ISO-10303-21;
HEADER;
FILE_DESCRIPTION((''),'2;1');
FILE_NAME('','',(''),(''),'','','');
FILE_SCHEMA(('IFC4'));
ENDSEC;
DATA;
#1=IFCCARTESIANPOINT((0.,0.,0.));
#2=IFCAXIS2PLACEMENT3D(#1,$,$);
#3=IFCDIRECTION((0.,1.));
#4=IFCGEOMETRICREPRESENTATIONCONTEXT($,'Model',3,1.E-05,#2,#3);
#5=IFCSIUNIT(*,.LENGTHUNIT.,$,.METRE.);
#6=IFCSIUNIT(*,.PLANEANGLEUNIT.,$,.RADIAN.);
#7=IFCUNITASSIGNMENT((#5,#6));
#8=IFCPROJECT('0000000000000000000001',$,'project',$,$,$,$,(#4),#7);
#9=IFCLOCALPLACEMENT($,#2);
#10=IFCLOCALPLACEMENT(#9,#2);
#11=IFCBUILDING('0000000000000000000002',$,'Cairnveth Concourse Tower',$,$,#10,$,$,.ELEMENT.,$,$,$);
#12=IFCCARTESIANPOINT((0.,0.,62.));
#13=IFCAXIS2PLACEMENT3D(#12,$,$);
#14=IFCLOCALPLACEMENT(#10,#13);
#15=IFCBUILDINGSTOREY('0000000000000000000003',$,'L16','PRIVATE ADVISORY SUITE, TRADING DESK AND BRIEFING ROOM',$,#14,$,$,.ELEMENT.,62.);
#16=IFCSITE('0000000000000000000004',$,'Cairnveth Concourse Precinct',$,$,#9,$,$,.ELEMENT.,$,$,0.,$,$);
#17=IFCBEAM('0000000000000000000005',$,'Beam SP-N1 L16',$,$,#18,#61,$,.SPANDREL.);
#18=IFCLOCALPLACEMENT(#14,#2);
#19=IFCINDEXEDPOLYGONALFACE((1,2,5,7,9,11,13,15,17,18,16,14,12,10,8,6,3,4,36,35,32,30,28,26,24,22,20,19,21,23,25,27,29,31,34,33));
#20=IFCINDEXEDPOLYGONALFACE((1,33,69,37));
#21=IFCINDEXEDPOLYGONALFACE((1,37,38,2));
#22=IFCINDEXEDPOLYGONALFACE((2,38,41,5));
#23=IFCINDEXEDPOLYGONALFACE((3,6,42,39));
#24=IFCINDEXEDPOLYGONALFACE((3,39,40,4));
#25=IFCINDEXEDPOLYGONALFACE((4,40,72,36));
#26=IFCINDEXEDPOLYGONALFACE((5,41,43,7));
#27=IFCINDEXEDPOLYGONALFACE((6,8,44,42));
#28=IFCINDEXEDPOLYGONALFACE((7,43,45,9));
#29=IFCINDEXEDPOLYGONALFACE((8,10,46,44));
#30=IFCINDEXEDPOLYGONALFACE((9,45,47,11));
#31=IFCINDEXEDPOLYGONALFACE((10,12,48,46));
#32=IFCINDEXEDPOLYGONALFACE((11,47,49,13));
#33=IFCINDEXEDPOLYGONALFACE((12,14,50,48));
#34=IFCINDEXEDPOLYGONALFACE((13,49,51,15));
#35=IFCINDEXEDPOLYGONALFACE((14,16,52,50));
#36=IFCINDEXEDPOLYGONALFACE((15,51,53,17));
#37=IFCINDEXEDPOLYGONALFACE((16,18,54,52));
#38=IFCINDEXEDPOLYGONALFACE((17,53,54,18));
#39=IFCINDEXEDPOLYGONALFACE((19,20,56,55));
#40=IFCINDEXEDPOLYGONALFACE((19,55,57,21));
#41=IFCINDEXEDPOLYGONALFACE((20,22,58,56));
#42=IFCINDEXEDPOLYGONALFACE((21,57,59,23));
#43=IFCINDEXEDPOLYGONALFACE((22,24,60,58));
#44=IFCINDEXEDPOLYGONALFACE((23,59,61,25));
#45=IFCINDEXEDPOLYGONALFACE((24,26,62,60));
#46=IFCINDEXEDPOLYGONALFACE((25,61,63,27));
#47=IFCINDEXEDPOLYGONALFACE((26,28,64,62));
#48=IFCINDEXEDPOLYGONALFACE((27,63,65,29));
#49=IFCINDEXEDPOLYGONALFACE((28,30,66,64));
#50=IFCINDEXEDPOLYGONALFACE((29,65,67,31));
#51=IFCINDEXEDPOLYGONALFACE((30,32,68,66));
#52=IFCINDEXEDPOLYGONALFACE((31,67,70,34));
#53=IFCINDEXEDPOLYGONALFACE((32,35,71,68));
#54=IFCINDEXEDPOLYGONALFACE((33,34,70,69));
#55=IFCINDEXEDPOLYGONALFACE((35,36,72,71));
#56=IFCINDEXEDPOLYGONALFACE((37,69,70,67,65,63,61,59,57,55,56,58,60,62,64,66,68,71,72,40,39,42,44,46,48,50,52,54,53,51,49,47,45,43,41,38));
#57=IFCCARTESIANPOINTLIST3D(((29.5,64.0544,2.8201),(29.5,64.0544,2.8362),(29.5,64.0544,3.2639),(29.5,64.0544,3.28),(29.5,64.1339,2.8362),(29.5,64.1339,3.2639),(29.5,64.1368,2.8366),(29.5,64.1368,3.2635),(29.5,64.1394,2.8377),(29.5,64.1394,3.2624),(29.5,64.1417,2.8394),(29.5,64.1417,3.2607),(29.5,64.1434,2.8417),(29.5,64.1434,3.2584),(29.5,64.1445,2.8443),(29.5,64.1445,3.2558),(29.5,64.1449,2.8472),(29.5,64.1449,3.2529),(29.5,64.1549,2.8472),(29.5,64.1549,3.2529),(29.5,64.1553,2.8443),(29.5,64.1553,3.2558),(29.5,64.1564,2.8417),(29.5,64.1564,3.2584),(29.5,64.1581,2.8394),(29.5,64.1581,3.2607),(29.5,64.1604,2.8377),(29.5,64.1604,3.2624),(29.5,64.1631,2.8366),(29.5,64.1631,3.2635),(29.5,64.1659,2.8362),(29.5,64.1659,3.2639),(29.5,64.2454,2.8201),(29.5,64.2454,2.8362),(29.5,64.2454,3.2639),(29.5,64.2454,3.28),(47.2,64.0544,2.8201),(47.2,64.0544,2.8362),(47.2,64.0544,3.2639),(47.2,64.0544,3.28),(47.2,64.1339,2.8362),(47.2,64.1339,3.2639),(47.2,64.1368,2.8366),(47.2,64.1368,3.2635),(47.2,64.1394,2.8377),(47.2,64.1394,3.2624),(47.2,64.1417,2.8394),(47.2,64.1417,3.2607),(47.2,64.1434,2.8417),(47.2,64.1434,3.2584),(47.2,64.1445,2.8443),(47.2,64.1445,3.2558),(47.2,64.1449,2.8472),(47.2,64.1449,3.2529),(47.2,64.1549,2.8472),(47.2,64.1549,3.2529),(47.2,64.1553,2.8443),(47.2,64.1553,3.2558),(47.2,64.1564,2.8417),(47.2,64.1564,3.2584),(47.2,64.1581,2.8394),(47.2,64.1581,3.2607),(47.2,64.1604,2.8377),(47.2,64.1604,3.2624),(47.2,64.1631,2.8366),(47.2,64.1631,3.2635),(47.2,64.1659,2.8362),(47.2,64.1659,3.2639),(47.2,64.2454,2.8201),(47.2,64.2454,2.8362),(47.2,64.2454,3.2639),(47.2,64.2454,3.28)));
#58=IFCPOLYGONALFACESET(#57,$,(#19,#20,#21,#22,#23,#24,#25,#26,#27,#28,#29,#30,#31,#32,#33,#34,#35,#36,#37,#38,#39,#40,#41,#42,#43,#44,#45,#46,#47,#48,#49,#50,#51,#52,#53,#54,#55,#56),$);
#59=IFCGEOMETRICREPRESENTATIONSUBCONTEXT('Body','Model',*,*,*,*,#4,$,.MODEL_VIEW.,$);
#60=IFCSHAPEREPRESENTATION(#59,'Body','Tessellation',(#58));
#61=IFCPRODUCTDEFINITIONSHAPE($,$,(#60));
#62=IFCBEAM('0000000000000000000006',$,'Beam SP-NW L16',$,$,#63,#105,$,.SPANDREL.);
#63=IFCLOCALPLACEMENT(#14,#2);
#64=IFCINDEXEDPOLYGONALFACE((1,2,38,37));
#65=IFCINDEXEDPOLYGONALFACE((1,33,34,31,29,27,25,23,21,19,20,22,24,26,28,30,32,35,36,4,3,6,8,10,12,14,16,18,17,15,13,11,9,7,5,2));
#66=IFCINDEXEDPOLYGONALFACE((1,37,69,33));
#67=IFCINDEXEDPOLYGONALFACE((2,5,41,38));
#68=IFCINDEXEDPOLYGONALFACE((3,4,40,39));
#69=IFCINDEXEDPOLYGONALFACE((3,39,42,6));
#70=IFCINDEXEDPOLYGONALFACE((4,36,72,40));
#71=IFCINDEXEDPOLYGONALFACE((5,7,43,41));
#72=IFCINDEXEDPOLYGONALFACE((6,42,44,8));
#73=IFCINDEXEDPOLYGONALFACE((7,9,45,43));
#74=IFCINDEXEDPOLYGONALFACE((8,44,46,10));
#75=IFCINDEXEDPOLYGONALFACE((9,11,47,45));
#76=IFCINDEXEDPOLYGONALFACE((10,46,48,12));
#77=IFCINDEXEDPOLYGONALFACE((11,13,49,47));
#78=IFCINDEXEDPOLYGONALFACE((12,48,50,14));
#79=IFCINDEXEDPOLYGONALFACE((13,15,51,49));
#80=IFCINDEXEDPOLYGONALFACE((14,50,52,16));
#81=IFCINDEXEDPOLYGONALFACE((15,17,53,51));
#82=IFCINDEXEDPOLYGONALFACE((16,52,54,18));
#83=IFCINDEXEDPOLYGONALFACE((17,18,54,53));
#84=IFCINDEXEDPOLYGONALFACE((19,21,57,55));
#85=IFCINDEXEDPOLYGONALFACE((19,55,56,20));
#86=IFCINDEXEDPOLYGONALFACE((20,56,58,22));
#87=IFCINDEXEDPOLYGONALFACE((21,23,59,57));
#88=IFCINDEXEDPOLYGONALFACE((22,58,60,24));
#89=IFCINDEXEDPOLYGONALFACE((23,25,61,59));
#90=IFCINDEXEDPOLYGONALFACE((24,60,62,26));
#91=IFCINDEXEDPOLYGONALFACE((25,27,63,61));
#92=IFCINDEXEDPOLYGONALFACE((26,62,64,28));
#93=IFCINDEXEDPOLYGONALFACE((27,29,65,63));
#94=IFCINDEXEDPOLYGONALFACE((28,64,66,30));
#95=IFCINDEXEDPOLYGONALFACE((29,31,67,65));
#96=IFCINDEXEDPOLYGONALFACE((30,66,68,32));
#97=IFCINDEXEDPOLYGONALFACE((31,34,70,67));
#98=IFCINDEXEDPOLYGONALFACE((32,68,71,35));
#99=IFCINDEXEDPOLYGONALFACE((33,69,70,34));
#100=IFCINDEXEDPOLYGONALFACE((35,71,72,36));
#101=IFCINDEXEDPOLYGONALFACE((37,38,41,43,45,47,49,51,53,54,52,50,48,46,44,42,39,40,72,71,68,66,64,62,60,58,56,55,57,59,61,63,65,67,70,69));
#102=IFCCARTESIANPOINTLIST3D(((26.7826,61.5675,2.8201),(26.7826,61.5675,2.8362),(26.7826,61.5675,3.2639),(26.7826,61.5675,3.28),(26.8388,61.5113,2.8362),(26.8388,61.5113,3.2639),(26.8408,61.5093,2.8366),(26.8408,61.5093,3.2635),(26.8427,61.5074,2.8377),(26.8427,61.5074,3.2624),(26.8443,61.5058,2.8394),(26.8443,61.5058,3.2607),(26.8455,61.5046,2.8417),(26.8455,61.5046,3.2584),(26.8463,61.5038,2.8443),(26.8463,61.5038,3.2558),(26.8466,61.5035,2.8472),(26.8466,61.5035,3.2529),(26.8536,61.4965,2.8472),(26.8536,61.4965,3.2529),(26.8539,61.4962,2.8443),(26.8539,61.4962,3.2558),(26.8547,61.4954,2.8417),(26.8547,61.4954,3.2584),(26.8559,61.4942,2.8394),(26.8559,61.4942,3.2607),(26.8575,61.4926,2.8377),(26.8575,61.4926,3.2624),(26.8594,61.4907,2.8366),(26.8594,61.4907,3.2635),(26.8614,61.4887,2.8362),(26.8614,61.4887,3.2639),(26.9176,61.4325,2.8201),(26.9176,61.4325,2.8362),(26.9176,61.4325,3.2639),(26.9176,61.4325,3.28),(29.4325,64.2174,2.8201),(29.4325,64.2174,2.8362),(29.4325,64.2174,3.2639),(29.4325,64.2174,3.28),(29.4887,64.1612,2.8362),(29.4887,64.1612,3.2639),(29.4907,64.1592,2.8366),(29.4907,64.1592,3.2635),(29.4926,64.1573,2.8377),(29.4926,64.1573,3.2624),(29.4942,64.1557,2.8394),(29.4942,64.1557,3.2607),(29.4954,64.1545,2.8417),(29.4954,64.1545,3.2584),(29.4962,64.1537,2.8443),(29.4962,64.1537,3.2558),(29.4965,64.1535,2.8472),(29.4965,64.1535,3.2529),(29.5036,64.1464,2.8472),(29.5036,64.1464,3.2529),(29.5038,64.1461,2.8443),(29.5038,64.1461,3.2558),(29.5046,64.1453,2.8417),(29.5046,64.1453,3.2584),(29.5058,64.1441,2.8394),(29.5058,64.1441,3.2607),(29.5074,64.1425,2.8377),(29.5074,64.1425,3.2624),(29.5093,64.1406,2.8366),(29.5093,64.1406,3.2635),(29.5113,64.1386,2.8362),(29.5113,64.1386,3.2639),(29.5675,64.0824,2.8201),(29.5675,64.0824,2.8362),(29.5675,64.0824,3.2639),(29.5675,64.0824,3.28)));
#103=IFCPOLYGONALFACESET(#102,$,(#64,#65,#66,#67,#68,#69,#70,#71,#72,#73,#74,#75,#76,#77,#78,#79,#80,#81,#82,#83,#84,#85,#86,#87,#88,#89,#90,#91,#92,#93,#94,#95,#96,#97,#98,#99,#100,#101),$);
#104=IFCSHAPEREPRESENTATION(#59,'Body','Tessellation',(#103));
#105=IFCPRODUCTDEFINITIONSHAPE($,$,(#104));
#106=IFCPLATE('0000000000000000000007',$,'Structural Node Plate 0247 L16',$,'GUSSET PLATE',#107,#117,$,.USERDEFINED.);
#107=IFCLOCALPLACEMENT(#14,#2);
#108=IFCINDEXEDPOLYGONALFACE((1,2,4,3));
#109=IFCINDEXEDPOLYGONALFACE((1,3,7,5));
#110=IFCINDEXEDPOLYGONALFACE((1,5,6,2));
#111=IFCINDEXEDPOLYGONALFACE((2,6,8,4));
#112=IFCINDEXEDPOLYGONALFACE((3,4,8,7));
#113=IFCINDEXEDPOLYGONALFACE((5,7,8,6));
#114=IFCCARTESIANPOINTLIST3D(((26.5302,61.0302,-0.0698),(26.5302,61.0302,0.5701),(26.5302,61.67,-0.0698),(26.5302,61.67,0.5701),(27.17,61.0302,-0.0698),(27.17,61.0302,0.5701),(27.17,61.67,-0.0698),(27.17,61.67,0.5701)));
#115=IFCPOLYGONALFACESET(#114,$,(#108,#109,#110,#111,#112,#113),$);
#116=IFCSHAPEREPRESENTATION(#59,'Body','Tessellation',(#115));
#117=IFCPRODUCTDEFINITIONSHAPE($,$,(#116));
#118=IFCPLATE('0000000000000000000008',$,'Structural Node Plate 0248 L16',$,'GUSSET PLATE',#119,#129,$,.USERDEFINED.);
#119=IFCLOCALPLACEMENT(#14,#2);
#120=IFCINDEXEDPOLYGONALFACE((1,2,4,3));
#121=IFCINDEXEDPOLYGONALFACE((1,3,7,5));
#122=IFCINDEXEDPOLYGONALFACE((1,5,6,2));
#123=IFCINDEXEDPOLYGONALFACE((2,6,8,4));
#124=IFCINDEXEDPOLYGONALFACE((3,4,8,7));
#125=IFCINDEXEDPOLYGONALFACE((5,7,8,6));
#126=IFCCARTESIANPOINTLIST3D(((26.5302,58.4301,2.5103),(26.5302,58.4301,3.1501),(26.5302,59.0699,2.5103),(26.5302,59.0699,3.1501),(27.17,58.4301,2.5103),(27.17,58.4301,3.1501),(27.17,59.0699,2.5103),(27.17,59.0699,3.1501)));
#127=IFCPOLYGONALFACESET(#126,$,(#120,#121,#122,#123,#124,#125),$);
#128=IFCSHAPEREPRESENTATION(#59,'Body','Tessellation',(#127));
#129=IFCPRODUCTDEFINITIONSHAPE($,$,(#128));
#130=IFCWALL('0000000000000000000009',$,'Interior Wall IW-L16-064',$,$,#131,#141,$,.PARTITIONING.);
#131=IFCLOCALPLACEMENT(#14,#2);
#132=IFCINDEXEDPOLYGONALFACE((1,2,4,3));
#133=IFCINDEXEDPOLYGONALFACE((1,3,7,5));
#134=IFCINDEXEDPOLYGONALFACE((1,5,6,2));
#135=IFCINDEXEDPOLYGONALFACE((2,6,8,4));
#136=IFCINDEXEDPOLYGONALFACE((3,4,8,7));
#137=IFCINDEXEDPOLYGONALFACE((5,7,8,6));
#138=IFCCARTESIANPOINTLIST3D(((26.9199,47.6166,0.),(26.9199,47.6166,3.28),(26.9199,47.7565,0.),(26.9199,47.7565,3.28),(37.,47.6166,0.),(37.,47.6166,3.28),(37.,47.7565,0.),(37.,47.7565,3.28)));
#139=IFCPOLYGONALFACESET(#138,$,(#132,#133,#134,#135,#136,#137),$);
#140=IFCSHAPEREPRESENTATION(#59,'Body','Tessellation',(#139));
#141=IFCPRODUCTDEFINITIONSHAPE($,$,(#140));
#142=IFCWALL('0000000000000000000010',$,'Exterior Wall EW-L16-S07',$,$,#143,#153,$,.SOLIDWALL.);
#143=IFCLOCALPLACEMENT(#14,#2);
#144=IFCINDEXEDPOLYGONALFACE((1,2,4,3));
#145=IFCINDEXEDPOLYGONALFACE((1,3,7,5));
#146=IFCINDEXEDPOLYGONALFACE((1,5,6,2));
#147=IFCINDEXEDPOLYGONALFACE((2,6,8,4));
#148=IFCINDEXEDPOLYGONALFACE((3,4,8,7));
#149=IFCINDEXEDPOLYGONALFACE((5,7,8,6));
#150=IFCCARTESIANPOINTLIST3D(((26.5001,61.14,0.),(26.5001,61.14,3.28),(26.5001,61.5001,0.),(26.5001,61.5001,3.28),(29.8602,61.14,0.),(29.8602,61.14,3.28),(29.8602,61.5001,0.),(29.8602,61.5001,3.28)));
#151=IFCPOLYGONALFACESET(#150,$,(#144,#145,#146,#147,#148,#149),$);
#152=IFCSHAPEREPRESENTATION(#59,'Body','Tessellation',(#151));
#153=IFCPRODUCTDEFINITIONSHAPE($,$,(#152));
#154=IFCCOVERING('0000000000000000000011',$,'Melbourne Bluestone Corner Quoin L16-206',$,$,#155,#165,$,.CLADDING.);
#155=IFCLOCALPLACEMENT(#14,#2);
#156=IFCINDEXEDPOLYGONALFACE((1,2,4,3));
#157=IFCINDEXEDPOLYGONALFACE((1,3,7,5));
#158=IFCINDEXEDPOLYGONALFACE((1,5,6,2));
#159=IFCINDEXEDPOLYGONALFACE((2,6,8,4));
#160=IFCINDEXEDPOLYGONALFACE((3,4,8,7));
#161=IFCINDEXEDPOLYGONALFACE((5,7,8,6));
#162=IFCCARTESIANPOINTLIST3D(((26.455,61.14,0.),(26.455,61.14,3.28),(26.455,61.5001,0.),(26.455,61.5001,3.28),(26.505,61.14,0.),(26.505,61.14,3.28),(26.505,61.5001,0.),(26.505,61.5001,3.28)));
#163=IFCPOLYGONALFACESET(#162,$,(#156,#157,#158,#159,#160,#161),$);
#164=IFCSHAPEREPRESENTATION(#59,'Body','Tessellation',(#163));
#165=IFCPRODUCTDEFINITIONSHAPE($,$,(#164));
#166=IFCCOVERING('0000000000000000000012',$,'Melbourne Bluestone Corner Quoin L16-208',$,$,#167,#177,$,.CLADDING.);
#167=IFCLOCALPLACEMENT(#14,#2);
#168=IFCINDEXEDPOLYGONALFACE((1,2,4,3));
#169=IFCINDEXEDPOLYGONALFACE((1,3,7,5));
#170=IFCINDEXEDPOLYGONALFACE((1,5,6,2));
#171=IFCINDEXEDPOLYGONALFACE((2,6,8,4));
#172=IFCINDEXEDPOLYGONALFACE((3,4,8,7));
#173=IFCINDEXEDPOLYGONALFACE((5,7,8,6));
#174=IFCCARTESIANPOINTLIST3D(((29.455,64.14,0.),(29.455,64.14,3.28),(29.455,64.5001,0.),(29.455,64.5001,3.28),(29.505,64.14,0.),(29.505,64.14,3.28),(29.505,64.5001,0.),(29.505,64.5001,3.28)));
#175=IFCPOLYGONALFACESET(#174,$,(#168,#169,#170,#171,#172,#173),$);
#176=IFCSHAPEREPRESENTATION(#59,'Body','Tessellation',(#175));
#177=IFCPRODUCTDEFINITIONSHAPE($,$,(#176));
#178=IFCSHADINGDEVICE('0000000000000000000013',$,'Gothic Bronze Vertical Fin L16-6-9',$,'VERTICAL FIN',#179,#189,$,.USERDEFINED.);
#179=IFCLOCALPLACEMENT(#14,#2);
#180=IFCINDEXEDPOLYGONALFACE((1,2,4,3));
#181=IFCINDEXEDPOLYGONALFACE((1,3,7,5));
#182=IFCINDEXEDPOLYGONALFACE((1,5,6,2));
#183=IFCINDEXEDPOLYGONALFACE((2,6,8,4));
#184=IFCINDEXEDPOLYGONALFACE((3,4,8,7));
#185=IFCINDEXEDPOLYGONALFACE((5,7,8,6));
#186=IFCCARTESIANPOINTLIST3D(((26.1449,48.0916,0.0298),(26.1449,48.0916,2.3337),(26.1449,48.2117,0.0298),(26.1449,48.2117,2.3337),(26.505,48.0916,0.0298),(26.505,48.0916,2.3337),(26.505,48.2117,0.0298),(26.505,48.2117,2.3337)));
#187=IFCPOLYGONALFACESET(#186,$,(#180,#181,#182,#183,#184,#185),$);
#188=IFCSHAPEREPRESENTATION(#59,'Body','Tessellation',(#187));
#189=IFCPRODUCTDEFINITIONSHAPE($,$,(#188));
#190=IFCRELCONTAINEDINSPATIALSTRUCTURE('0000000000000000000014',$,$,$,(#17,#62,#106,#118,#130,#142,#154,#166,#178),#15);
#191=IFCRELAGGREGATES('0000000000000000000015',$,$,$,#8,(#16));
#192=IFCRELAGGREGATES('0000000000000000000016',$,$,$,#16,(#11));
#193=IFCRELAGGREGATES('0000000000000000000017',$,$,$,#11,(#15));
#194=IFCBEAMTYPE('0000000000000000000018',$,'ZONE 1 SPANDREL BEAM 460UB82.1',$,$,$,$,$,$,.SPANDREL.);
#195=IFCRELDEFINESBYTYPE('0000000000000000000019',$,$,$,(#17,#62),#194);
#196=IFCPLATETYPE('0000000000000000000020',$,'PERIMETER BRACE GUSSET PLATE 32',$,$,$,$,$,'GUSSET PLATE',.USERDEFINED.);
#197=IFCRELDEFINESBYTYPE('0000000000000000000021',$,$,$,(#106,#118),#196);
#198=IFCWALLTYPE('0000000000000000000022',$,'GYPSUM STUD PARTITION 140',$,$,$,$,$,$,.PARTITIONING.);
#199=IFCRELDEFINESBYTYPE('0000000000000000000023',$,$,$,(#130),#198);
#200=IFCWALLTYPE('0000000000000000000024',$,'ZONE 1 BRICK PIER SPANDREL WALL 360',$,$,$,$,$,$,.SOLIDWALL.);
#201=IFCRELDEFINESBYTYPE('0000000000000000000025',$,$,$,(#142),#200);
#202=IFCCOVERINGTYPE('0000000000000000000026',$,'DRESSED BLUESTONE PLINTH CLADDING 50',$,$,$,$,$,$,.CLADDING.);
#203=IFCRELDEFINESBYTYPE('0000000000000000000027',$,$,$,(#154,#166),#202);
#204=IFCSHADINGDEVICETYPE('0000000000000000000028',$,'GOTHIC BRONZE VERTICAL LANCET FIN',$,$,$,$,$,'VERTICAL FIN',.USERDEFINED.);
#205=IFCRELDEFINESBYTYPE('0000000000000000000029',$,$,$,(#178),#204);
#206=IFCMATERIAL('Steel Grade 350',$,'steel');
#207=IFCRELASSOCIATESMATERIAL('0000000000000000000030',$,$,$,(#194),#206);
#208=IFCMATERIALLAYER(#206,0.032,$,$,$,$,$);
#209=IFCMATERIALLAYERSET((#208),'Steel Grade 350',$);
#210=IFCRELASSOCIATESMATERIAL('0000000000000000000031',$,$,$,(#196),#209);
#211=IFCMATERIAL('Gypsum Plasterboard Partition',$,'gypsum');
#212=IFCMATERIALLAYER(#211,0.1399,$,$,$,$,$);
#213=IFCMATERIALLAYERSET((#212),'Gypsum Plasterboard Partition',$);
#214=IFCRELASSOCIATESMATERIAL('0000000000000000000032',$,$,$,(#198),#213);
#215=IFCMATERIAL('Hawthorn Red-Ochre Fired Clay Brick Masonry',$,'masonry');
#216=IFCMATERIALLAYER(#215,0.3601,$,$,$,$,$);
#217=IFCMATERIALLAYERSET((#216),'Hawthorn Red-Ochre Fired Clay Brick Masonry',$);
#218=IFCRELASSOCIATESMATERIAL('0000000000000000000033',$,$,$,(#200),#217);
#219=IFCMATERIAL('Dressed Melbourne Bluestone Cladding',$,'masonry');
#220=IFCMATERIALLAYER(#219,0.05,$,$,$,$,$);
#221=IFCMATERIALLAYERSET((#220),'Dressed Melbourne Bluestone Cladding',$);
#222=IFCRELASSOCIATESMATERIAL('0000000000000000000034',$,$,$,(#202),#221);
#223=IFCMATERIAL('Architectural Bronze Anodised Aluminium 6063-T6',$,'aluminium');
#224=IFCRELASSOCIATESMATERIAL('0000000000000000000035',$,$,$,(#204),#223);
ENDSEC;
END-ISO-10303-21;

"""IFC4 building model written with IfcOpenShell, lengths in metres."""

from ifc_helpers import new_model, si_unit, direction, frame, frame_2d, origin, origin_2d, place, context, subcontext, project, spatial, rectangle, i_section, extrude, material, layer, layer_set, material_profile, profile_set, type_object, element, save


model = new_model("IFC4")

# Units and contexts
model_context = context("Model", 3, precision=1e-05, world=origin(), true_north=direction((0.0, 1.0)))
body_context = subcontext(model_context, "Body", "Model", "MODEL_VIEW")
ifc_project = project(units=[si_unit("LENGTHUNIT", "METRE"), si_unit("PLANEANGLEUNIT", "RADIAN")], contexts=[model_context])

# Site, building, storey
site_placement = place(None, origin())
site = spatial("IfcSite", under=ifc_project, at=site_placement, Name="Cairnveth Concourse Precinct", CompositionType="ELEMENT", RefElevation=0.0)
building_placement = place(site_placement, origin())
building = spatial("IfcBuilding", under=site, at=building_placement, Name="Cairnveth Concourse Tower", CompositionType="ELEMENT")
storey_placement = place(building_placement, frame((0.0, 0.0, 62.0)))
storey = spatial("IfcBuildingStorey", under=building, at=storey_placement, Name="L16", Description="PRIVATE ADVISORY SUITE, TRADING DESK AND BRIEFING ROOM", CompositionType="ELEMENT", Elevation=62.0)

# Shared definitions
ifc_material_1 = material(Name="Steel Grade 350", Category="steel")

# Beams
ifc_material_profile_1 = material_profile(ifc_material_1, i_section(OverallWidth=0.1909, OverallDepth=0.46, WebThickness=0.01, FlangeThickness=0.0161, FilletRadius=0.011, at=origin_2d()), Name="460UB82.1")
ifc_profile_set_1 = profile_set([ifc_material_profile_1], Name="Steel Grade 350")
beam_type_1 = type_object("IfcBeamType", Name="ZONE 1 SPANDREL BEAM 460UB82.1", PredefinedType="SPANDREL", material=ifc_profile_set_1)
beam_1_placement = place(storey_placement, frame((29.5, 64.1499, 3.05), z_axis=(1.0, 0.0, 0.0), x_axis=(0.0, 1.0, 0.0)))
element("IfcBeam", 1, at=beam_1_placement, inside=storey, type_object=beam_type_1, Name="Beam SP-N1 L16", PredefinedType="SPANDREL", context=body_context, shape_type="SweptSolid", body=[
    extrude(i_section(OverallWidth=0.1909, OverallDepth=0.46, WebThickness=0.01, FlangeThickness=0.0161, FilletRadius=0.011, at=origin_2d()), origin(), (0.0, 0.0, 1.0), 17.7),
])
beam_2_placement = place(storey_placement, frame((26.8501, 61.5, 3.05), z_axis=(0.707107, 0.707107, 0.0), x_axis=(-0.707107, 0.707107, 0.0)))
element("IfcBeam", 2, at=beam_2_placement, inside=storey, type_object=beam_type_1, Name="Beam SP-NW L16", PredefinedType="SPANDREL", context=body_context, shape_type="SweptSolid", body=[
    extrude(i_section(OverallWidth=0.1909, OverallDepth=0.46, WebThickness=0.01, FlangeThickness=0.0161, FilletRadius=0.011, at=origin_2d()), origin(), (0.0, 0.0, 1.0), 3.7476),
])

# Plates
ifc_layer_1 = layer(ifc_material_1, 0.032)
ifc_layer_set_1 = layer_set([ifc_layer_1], Name="Steel Grade 350")
plate_type = type_object("IfcPlateType", Name="PERIMETER BRACE GUSSET PLATE 32", ElementType="GUSSET PLATE", PredefinedType="USERDEFINED", material=ifc_layer_set_1)
for number, where, z_axis, x_axis, name in (
    (3, (26.8501, 61.3501, -0.0698), (0.0, 0.0, 1.0), (1.0, 0.0, 0.0), "Structural Node Plate 0247 L16"),
    (4, (26.8501, 58.75, 2.5103), (0.0, 0.0, 1.0), (1.0, 0.0, 0.0), "Structural Node Plate 0248 L16"),
):
    element("IfcPlate", number, at=place(storey_placement, frame(where, z_axis=z_axis, x_axis=x_axis)), inside=storey, type_object=plate_type, Name=name, ObjectType="GUSSET PLATE", PredefinedType="USERDEFINED", context=body_context, shape_type="SweptSolid", body=[
        extrude(rectangle(XDim=0.6399, YDim=0.6399, at=origin_2d()), origin(), (0.0, 0.0, 1.0), 0.6399),
    ])

# Walls
ifc_material_2 = material(Name="Gypsum Plasterboard Partition", Category="gypsum")
ifc_layer_2 = layer(ifc_material_2, 0.1399)
ifc_layer_set_2 = layer_set([ifc_layer_2], Name="Gypsum Plasterboard Partition")
wall_type_1 = type_object("IfcWallType", Name="GYPSUM STUD PARTITION 140", PredefinedType="PARTITIONING", material=ifc_layer_set_2)
wall_1_placement = place(storey_placement, frame((26.9199, 47.6865, 0.0), z_axis=(0.0, 0.0, 1.0), x_axis=(1.0, 0.0, 0.0)))
element("IfcWall", 5, at=wall_1_placement, inside=storey, type_object=wall_type_1, Name="Interior Wall IW-L16-064", PredefinedType="PARTITIONING", context=body_context, shape_type="SweptSolid", body=[
    extrude(rectangle(XDim=10.0801, YDim=0.1399, at=frame_2d((5.04, 0.0))), origin(), (0.0, 0.0, 1.0), 3.28),
])
ifc_material_3 = material(Name="Hawthorn Red-Ochre Fired Clay Brick Masonry", Category="masonry")
ifc_layer_3 = layer(ifc_material_3, 0.3601)
ifc_layer_set_3 = layer_set([ifc_layer_3], Name="Hawthorn Red-Ochre Fired Clay Brick Masonry")
wall_type_2 = type_object("IfcWallType", Name="ZONE 1 BRICK PIER SPANDREL WALL 360", PredefinedType="SOLIDWALL", material=ifc_layer_set_3)
wall_2_placement = place(storey_placement, frame((26.5, 61.3201, 0.0), z_axis=(0.0, 0.0, 1.0), x_axis=(1.0, 0.0, 0.0)))
element("IfcWall", 6, at=wall_2_placement, inside=storey, type_object=wall_type_2, Name="Exterior Wall EW-L16-S07", PredefinedType="SOLIDWALL", context=body_context, shape_type="SweptSolid", body=[
    extrude(rectangle(XDim=3.3601, YDim=0.3601, at=frame_2d((1.6802, 0.0))), origin(), (0.0, 0.0, 1.0), 3.28),
])

# Coverings
ifc_material_4 = material(Name="Dressed Melbourne Bluestone Cladding", Category="masonry")
ifc_layer_4 = layer(ifc_material_4, 0.05)
ifc_layer_set_4 = layer_set([ifc_layer_4], Name="Dressed Melbourne Bluestone Cladding")
covering_type = type_object("IfcCoveringType", Name="DRESSED BLUESTONE PLINTH CLADDING 50", PredefinedType="CLADDING", material=ifc_layer_set_4)
for number, where, z_axis, x_axis, name in (
    (7, (26.48, 61.1399, 0.0), (0.0, 0.0, 1.0), (0.0, 1.0, 0.0), "Melbourne Bluestone Corner Quoin L16-206"),
    (8, (29.48, 64.1399, 0.0), (0.0, 0.0, 1.0), (0.0, 1.0, 0.0), "Melbourne Bluestone Corner Quoin L16-208"),
):
    element("IfcCovering", number, at=place(storey_placement, frame(where, z_axis=z_axis, x_axis=x_axis)), inside=storey, type_object=covering_type, Name=name, PredefinedType="CLADDING", context=body_context, shape_type="SweptSolid", body=[
        extrude(rectangle(XDim=0.3601, YDim=0.05, at=frame_2d((0.1802, 0.0))), origin(), (0.0, 0.0, 1.0), 3.28),
    ])

# Shading device
ifc_material_5 = material(Name="Architectural Bronze Anodised Aluminium 6063-T6", Category="aluminium")
shading_device_type = type_object("IfcShadingDeviceType", Name="GOTHIC BRONZE VERTICAL LANCET FIN", ElementType="VERTICAL FIN", PredefinedType="USERDEFINED", material=ifc_material_5)
for number, where, z_axis, x_axis, name in (
    (9, (26.325, 48.1516, 0.0298), (0.0, 0.0, 1.0), (0.0, 1.0, 0.0), "Gothic Bronze Vertical Fin L16-6-9"),
):
    element("IfcShadingDevice", number, at=place(storey_placement, frame(where, z_axis=z_axis, x_axis=x_axis)), inside=storey, type_object=shading_device_type, Name=name, ObjectType="VERTICAL FIN", PredefinedType="USERDEFINED", context=body_context, shape_type="SweptSolid", body=[
        extrude(rectangle(XDim=0.1201, YDim=0.3601, at=origin_2d()), origin(), (0.0, 0.0, 1.0), 2.304),
    ])

save(model, "model.ifc")
